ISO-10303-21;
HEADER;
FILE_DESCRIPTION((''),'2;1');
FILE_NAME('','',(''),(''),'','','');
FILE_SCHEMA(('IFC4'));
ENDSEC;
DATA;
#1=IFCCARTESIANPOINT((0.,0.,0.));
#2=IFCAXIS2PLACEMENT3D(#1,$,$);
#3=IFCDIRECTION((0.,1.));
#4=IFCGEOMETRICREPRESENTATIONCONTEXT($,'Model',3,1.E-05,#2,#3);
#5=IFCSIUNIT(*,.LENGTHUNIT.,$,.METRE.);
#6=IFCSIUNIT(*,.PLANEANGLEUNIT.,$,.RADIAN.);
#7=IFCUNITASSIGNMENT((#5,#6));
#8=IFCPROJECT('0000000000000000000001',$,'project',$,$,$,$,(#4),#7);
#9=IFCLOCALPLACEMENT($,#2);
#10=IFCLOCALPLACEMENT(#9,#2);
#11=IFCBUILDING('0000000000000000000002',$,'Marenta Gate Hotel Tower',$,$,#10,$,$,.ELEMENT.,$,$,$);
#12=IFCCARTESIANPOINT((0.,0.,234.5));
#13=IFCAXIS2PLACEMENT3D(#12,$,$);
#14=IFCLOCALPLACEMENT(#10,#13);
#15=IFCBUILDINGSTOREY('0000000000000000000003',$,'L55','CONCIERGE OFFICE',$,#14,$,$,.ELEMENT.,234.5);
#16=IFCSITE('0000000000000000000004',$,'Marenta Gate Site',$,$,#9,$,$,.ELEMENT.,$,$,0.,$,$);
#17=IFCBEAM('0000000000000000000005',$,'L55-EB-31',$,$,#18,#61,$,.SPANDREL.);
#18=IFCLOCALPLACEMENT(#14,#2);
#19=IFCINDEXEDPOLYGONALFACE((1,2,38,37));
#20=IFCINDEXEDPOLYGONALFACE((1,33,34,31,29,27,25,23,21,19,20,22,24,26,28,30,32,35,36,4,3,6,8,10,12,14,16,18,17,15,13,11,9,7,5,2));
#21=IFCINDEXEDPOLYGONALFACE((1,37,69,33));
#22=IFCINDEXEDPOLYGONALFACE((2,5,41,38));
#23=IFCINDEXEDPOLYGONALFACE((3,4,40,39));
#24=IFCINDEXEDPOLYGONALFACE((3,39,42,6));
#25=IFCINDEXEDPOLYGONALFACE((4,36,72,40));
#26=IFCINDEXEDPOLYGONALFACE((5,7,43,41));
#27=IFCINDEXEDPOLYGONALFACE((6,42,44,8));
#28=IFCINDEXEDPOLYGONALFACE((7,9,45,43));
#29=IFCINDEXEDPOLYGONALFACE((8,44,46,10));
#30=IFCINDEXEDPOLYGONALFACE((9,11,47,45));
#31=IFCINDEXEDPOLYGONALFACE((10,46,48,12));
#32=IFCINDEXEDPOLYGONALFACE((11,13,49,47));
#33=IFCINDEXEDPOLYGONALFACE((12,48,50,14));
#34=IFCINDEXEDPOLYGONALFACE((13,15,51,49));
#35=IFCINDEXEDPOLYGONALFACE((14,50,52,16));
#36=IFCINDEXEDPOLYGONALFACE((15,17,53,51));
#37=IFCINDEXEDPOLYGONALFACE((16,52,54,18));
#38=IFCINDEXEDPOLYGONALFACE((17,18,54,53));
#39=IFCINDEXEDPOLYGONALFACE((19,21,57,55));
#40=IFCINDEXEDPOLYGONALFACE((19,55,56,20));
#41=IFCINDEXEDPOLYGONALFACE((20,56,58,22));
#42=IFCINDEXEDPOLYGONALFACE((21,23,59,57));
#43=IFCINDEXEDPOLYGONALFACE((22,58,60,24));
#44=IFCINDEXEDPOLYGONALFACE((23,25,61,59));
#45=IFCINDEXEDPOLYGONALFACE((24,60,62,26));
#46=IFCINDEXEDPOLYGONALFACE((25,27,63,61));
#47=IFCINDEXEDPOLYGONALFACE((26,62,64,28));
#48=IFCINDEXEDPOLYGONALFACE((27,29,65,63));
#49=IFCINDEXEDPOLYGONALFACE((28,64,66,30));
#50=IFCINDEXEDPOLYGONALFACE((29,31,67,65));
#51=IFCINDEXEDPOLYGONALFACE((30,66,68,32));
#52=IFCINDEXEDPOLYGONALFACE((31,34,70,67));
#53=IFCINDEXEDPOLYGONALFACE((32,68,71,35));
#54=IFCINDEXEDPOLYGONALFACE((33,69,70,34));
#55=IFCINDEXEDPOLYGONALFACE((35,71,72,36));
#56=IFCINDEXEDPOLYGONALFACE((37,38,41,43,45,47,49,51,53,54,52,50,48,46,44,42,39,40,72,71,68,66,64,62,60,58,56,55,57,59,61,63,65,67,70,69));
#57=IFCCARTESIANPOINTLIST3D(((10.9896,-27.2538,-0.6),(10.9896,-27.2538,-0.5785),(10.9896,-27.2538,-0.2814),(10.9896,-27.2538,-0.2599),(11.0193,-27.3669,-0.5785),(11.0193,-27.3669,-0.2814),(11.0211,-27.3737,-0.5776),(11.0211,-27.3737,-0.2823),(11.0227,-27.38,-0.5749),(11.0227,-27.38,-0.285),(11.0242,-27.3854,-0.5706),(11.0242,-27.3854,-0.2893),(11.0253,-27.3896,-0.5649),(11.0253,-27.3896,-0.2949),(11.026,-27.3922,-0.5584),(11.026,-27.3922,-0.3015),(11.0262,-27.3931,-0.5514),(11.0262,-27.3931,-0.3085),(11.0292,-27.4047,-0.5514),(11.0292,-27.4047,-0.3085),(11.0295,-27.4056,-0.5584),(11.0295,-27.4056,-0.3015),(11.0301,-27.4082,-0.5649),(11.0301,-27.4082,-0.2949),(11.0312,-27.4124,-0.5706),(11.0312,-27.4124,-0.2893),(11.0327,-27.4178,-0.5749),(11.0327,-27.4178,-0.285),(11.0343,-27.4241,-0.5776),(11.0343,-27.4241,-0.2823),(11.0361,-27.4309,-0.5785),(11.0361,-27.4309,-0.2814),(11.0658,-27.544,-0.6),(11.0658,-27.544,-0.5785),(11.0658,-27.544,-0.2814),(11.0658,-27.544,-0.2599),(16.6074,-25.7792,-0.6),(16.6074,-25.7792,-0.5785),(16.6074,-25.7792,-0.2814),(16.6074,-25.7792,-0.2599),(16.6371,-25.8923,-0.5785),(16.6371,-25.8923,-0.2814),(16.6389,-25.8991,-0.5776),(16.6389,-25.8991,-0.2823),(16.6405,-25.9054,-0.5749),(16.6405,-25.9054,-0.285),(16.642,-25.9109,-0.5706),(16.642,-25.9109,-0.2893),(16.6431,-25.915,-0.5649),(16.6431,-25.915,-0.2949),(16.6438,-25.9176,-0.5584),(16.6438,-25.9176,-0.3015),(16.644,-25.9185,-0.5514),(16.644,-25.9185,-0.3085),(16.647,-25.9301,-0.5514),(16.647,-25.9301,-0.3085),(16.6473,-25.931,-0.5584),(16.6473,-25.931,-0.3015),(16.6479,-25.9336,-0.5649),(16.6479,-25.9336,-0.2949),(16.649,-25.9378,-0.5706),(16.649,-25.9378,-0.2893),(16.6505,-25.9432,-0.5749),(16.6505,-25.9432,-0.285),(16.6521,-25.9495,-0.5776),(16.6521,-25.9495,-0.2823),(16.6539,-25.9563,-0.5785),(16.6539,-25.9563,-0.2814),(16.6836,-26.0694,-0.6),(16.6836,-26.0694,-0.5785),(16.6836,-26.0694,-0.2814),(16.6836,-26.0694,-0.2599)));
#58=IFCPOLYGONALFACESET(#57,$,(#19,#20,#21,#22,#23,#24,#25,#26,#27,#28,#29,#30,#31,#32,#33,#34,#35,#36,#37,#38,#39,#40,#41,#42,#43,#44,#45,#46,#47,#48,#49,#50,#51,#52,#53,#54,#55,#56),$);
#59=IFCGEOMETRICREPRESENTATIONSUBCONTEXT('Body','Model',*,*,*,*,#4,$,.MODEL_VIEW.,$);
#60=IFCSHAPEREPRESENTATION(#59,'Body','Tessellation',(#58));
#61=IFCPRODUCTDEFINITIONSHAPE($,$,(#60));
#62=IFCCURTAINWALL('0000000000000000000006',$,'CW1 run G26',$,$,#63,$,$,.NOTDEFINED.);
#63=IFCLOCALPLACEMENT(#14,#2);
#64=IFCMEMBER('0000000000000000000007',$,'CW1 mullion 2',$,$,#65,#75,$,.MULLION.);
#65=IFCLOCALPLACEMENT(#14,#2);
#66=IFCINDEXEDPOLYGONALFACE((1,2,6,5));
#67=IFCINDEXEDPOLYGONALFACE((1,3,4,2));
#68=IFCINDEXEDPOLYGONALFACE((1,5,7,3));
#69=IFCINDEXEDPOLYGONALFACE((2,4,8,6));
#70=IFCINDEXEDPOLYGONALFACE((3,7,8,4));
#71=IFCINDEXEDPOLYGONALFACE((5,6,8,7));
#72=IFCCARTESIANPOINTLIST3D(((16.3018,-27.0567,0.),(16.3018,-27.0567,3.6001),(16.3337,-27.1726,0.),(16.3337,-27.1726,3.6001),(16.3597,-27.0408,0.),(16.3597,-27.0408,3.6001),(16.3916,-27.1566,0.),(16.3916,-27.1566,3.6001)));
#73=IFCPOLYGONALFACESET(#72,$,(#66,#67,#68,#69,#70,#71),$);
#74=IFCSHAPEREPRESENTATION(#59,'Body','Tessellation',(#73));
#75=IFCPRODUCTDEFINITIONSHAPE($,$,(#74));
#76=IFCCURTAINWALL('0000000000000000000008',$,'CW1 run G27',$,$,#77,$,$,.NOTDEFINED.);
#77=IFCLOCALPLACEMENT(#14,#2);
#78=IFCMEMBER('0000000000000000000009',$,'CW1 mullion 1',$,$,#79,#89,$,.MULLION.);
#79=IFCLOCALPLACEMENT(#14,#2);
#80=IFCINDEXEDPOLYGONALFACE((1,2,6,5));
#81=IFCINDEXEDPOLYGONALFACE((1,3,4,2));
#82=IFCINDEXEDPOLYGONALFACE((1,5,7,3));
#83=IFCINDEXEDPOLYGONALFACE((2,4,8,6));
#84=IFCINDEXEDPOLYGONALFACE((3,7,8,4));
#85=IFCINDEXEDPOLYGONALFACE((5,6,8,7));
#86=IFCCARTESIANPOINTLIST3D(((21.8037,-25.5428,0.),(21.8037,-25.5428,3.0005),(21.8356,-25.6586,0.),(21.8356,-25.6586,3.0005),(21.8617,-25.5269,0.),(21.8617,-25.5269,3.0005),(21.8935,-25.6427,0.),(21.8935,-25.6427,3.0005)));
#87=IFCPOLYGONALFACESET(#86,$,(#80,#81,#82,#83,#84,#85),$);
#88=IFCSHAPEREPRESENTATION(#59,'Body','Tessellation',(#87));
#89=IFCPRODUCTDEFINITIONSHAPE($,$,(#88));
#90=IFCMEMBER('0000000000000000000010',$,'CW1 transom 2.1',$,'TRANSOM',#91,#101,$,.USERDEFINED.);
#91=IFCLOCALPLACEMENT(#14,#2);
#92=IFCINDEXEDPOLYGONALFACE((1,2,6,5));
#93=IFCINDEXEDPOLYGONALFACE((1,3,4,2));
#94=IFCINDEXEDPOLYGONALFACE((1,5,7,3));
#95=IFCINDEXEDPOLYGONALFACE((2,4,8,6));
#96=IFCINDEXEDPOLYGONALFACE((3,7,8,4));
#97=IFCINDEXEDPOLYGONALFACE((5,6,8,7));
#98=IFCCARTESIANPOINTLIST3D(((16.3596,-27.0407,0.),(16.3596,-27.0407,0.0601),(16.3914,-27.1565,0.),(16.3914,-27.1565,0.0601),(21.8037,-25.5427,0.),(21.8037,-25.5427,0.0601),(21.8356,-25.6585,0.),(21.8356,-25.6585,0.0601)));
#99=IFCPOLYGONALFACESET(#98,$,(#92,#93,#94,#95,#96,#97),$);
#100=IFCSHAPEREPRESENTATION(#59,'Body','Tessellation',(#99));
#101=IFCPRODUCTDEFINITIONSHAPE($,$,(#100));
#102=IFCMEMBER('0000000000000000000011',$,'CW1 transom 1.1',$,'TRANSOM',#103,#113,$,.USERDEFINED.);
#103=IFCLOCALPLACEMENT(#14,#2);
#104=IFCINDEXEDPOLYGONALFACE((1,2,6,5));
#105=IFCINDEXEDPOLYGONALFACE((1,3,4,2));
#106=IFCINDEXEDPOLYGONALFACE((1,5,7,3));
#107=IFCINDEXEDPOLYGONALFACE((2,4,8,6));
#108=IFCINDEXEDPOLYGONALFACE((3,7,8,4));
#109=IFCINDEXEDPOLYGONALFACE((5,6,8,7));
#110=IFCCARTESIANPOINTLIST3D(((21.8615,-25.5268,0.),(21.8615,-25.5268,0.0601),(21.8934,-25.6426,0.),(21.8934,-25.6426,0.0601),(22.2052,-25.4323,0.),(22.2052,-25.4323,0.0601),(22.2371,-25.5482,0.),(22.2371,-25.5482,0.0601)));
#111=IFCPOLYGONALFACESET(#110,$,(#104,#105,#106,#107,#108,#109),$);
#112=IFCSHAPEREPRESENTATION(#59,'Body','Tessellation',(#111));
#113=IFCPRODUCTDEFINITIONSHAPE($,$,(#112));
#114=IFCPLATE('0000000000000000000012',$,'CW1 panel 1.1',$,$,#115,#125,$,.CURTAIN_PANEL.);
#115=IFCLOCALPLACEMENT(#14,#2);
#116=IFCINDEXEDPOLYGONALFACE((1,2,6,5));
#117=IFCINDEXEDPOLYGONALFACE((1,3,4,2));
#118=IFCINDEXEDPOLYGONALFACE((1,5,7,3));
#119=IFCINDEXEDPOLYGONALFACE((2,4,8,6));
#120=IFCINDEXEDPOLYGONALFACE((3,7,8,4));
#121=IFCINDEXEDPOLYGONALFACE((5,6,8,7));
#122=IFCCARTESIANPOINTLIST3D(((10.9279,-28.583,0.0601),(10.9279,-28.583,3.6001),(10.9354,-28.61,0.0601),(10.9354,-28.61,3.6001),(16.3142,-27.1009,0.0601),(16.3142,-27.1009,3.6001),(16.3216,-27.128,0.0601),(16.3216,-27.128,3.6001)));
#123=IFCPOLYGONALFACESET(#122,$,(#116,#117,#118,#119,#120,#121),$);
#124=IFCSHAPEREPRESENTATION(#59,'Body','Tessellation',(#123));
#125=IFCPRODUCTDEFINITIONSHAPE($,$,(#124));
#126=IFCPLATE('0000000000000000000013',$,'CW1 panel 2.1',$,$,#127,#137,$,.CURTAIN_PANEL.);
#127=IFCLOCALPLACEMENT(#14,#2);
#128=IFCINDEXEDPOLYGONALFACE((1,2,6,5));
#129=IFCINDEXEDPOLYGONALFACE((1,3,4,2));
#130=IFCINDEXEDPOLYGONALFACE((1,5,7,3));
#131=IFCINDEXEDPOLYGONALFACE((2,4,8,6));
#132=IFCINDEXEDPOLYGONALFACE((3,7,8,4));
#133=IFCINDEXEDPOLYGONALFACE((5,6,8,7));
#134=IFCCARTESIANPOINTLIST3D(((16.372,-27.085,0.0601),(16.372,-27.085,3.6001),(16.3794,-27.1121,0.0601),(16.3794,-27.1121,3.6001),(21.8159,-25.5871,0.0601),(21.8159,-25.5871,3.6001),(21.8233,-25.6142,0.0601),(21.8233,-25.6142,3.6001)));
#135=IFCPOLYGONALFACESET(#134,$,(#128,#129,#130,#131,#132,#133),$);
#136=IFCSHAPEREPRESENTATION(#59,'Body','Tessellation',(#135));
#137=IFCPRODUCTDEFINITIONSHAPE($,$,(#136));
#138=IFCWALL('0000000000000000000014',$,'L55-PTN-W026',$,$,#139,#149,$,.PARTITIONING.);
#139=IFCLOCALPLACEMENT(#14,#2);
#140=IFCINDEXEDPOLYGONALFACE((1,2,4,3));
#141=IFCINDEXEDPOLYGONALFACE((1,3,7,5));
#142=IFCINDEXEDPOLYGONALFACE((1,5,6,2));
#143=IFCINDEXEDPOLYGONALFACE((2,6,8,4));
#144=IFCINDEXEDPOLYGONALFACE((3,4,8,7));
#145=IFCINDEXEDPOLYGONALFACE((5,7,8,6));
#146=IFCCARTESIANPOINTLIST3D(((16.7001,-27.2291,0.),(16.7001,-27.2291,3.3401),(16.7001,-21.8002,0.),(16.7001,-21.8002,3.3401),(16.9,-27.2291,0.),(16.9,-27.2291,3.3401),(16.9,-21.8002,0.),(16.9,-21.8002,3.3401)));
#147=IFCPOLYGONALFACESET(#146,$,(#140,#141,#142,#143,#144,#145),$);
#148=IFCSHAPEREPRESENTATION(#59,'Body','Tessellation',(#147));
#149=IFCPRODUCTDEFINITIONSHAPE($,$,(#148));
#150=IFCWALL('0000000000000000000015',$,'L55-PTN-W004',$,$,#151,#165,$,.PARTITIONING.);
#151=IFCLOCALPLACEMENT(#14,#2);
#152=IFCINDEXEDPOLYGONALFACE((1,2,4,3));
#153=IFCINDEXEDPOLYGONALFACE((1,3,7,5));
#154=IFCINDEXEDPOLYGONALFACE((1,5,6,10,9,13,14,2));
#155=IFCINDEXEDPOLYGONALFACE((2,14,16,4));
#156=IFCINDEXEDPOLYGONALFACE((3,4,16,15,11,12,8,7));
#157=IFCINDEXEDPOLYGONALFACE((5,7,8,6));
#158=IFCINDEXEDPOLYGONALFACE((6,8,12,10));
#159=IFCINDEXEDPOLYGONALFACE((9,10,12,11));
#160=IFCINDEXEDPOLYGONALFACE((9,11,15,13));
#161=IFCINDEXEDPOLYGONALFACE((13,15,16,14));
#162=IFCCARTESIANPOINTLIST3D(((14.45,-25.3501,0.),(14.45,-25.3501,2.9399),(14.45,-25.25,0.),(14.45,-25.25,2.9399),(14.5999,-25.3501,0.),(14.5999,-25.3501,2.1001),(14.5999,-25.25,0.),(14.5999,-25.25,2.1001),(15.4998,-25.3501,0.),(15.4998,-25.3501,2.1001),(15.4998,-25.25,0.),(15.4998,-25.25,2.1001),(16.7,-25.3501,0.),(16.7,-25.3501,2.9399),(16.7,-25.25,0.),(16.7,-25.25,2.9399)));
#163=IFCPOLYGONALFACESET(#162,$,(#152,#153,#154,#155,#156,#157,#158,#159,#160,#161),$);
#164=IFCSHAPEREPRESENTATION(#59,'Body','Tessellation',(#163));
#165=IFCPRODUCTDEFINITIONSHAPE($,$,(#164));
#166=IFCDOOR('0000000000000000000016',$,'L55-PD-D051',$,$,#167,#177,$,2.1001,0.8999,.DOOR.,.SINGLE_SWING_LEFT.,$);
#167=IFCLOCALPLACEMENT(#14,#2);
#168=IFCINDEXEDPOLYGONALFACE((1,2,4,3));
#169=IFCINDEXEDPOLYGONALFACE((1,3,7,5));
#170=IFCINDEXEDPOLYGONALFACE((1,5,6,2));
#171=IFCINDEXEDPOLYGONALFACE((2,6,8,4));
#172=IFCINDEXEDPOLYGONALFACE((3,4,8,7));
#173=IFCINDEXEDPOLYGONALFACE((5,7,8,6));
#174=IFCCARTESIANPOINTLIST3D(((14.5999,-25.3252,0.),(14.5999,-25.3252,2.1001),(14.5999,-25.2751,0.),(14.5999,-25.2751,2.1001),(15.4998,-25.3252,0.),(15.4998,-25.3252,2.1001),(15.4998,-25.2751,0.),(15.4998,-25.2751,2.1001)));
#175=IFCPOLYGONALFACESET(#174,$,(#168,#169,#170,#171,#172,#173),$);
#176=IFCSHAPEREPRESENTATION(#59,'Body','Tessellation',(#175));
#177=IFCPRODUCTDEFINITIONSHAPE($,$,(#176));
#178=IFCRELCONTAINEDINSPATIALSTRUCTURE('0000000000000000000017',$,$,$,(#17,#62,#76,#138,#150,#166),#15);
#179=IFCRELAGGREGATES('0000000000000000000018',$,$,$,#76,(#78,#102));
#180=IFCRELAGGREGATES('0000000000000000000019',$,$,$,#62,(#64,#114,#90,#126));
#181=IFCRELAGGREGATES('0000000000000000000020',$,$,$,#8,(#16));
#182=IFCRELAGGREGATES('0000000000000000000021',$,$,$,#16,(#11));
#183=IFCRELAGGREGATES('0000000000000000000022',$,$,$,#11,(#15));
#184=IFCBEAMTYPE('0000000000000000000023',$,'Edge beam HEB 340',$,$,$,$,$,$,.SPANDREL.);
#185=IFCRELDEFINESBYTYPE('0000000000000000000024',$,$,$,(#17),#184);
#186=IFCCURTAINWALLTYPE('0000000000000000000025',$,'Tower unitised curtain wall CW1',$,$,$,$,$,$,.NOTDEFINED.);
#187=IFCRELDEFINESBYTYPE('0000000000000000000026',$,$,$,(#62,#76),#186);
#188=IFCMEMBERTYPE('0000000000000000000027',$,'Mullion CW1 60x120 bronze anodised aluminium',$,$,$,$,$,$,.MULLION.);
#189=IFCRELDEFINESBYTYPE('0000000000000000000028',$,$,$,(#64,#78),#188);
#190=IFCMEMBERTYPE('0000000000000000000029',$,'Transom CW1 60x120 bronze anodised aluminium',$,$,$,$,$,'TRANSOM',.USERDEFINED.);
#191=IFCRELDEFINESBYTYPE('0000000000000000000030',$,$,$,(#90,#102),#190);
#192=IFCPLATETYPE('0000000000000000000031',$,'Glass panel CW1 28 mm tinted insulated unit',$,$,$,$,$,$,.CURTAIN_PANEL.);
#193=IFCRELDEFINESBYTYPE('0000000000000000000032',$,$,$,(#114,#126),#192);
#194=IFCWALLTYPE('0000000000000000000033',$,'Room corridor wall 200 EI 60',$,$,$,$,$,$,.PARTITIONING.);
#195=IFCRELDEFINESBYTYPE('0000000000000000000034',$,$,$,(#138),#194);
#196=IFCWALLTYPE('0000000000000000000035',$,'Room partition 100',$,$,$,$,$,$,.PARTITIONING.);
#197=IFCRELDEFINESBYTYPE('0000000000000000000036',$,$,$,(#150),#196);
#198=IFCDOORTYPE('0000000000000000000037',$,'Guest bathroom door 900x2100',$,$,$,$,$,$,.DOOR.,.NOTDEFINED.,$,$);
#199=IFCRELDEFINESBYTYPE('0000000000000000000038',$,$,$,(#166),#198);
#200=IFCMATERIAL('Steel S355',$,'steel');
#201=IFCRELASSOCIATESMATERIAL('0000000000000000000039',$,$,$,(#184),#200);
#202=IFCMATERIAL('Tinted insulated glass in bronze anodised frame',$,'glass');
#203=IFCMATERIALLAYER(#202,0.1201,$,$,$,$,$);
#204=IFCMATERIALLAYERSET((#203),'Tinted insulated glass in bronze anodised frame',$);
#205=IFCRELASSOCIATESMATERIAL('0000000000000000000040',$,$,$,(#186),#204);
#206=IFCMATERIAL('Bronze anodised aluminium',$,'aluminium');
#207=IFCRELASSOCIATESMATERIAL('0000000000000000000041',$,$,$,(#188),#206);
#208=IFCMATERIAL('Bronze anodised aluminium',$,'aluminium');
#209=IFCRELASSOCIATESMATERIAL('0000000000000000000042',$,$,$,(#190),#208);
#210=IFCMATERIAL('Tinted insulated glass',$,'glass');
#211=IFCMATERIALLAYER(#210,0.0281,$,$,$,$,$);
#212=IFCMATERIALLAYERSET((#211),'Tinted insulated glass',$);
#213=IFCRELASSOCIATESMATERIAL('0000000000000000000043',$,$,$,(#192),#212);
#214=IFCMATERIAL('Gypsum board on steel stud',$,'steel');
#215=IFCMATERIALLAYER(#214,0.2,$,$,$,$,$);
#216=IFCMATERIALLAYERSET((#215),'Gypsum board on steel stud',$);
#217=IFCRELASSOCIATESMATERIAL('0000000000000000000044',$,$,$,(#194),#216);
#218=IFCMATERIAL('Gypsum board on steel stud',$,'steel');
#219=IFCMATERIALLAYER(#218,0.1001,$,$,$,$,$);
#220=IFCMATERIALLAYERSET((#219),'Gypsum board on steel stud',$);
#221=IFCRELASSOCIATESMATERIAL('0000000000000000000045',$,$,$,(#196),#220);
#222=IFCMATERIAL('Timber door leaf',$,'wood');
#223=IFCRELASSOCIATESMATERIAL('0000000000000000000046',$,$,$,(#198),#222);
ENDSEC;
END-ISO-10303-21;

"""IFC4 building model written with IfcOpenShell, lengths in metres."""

from ifc_helpers import new_model, si_unit, direction, frame, frame_2d, origin, origin_2d, place, context, subcontext, project, spatial, rectangle, i_section, extrude, material, layer, layer_set, material_profile, profile_set, type_object, element, fill, aggregate, save


model = new_model("IFC4")

# Units and contexts
model_context = context("Model", 3, precision=1e-05, world=origin(), true_north=direction((0.0, 1.0)))
body_context = subcontext(model_context, "Body", "Model", "MODEL_VIEW")
ifc_project = project(units=[si_unit("LENGTHUNIT", "METRE"), si_unit("PLANEANGLEUNIT", "RADIAN")], contexts=[model_context])

# Site, building, storey
site_placement = place(None, origin())
site = spatial("IfcSite", under=ifc_project, at=site_placement, Name="Marenta Gate Site", CompositionType="ELEMENT", RefElevation=0.0)
building_placement = place(site_placement, origin())
building = spatial("IfcBuilding", under=site, at=building_placement, Name="Marenta Gate Hotel Tower", CompositionType="ELEMENT")
storey_placement = place(building_placement, frame((0.0, 0.0, 234.5)))
storey = spatial("IfcBuildingStorey", under=building, at=storey_placement, Name="L55", Description="CONCIERGE OFFICE", CompositionType="ELEMENT", Elevation=234.5)

# Beam
ifc_material_1 = material(Name="Steel S355", Category="steel")
ifc_material_profile_1 = material_profile(ifc_material_1, i_section(OverallWidth=0.3, OverallDepth=0.3401, WebThickness=0.012, FlangeThickness=0.0215, FilletRadius=0.0271, at=origin_2d()), Name="HEB 340")
ifc_profile_set_1 = profile_set([ifc_material_profile_1], Name="Steel S355")
beam_type = type_object("IfcBeamType", Name="Edge beam HEB 340", PredefinedType="SPANDREL", material=ifc_profile_set_1)
beam_1_placement = place(storey_placement, frame((16.6455, -25.9243, -0.4299), z_axis=(-0.967235, -0.253883, 0.0), x_axis=(0.253883, -0.967235, 0.0)))
element("IfcBeam", 1, at=beam_1_placement, inside=storey, type_object=beam_type, Name="L55-EB-31", PredefinedType="SPANDREL", context=body_context, shape_type="SweptSolid", body=[
    extrude(i_section(OverallWidth=0.3, OverallDepth=0.3401, WebThickness=0.012, FlangeThickness=0.0215, FilletRadius=0.0271, at=origin_2d()), origin(), (0.0, 0.0, 1.0), 5.8081),
])

# Curtain walls, members
ifc_material_2 = material(Name="Tinted insulated glass in bronze anodised frame", Category="glass")
ifc_layer_1 = layer(ifc_material_2, 0.1201)
ifc_layer_set_1 = layer_set([ifc_layer_1], Name="Tinted insulated glass in bronze anodised frame")
curtain_wall_type = type_object("IfcCurtainWallType", Name="Tower unitised curtain wall CW1", PredefinedType="NOTDEFINED", material=ifc_layer_set_1)
curtain_wall_1_placement = place(storey_placement, origin())
curtain_wall_1 = element("IfcCurtainWall", 2, at=curtain_wall_1_placement, inside=storey, type_object=curtain_wall_type, Name="CW1 run G26", PredefinedType="NOTDEFINED")
ifc_material_3 = material(Name="Bronze anodised aluminium", Category="aluminium")
ifc_material_profile_2 = material_profile(ifc_material_3, rectangle(XDim=0.1201, YDim=0.0601, at=origin_2d()), Name="Mullion CW1 60x120 bronze anodised aluminium")
ifc_profile_set_2 = profile_set([ifc_material_profile_2], Name="Bronze anodised aluminium")
member_type_1 = type_object("IfcMemberType", Name="Mullion CW1 60x120 bronze anodised aluminium", PredefinedType="MULLION", material=ifc_profile_set_2)
member_1_placement = place(storey_placement, frame((16.3467, -27.1067, 0.0), z_axis=(0.0, 0.0, 1.0), x_axis=(-0.265294, 0.964168, 0.0)))
member_1 = element("IfcMember", 3, at=member_1_placement, type_object=member_type_1, Name="CW1 mullion 2", PredefinedType="MULLION", context=body_context, shape_type="SweptSolid", body=[
    extrude(rectangle(XDim=0.1201, YDim=0.0601, at=origin_2d()), origin(), (0.0, 0.0, 1.0), 3.6001),
])
curtain_wall_2_placement = place(storey_placement, origin())
curtain_wall_2 = element("IfcCurtainWall", 4, at=curtain_wall_2_placement, inside=storey, type_object=curtain_wall_type, Name="CW1 run G27", PredefinedType="NOTDEFINED")
member_2_placement = place(storey_placement, frame((21.8486, -25.5928, 0.0), z_axis=(0.0, 0.0, 1.0), x_axis=(-0.265283, 0.964171, 0.0)))
member_2 = element("IfcMember", 5, at=member_2_placement, type_object=member_type_1, Name="CW1 mullion 1", PredefinedType="MULLION", context=body_context, shape_type="SweptSolid", body=[
    extrude(rectangle(XDim=0.1201, YDim=0.0601, at=origin_2d()), origin(), (0.0, 0.0, 1.0), 3.0005),
])

# Members
ifc_material_4 = material(Name="Bronze anodised aluminium", Category="aluminium")
ifc_material_profile_3 = material_profile(ifc_material_4, rectangle(XDim=0.1201, YDim=0.0601, at=origin_2d()), Name="Transom CW1 60x120 bronze anodised aluminium")
ifc_profile_set_3 = profile_set([ifc_material_profile_3], Name="Bronze anodised aluminium")
member_type_2 = type_object("IfcMemberType", Name="Transom CW1 60x120 bronze anodised aluminium", ElementType="TRANSOM", PredefinedType="USERDEFINED", material=ifc_profile_set_3)
member_3_placement = place(storey_placement, frame((16.3755, -27.0986, 0.03), z_axis=(0.964164, 0.265308, 0.0), x_axis=(-0.265308, 0.964164, 0.0)))
member_3 = element("IfcMember", 6, at=member_3_placement, type_object=member_type_2, Name="CW1 transom 2.1", ObjectType="TRANSOM", PredefinedType="USERDEFINED", context=body_context, shape_type="SweptSolid", body=[
    extrude(rectangle(XDim=0.1201, YDim=0.0601, at=origin_2d()), origin(), (0.0, 0.0, 1.0), 5.6465),
])
member_4_placement = place(storey_placement, frame((21.8774, -25.5847, 0.03), z_axis=(0.96424, 0.265029, 0.0), x_axis=(-0.265029, 0.96424, 0.0)))
member_4 = element("IfcMember", 7, at=member_4_placement, type_object=member_type_2, Name="CW1 transom 1.1", ObjectType="TRANSOM", PredefinedType="USERDEFINED", context=body_context, shape_type="SweptSolid", body=[
    extrude(rectangle(XDim=0.1201, YDim=0.0601, at=origin_2d()), origin(), (0.0, 0.0, 1.0), 0.3564),
])
aggregate(curtain_wall_2, [member_2, member_4])

# Plates
ifc_material_5 = material(Name="Tinted insulated glass", Category="glass")
ifc_layer_2 = layer(ifc_material_5, 0.0281)
ifc_layer_set_2 = layer_set([ifc_layer_2], Name="Tinted insulated glass")
plate_type = type_object("IfcPlateType", Name="Glass panel CW1 28 mm tinted insulated unit", PredefinedType="CURTAIN_PANEL", material=ifc_layer_set_2)
plate_1_placement = place(storey_placement, frame((13.6248, -27.8555, 0.0601), z_axis=(0.0, 0.0, 1.0), x_axis=(0.964168, 0.265294, 0.0)))
plate_1 = element("IfcPlate", 8, at=plate_1_placement, type_object=plate_type, Name="CW1 panel 1.1", PredefinedType="CURTAIN_PANEL", context=body_context, shape_type="SweptSolid", body=[
    extrude(rectangle(XDim=5.5864, YDim=0.0281, at=origin_2d()), origin(), (0.0, 0.0, 1.0), 3.54),
])
plate_2_placement = place(storey_placement, frame((19.0977, -26.3496, 0.0601), z_axis=(0.0, 0.0, 1.0), x_axis=(0.964168, 0.265294, 0.0)))
plate_2 = element("IfcPlate", 9, at=plate_2_placement, type_object=plate_type, Name="CW1 panel 2.1", PredefinedType="CURTAIN_PANEL", context=body_context, shape_type="SweptSolid", body=[
    extrude(rectangle(XDim=5.6462, YDim=0.0281, at=origin_2d()), origin(), (0.0, 0.0, 1.0), 3.54),
])
aggregate(curtain_wall_1, [member_1, plate_1, member_3, plate_2])

# Shared definitions
ifc_material_6 = material(Name="Gypsum board on steel stud", Category="steel")
ifc_layer_3 = layer(ifc_material_6, 0.2)
ifc_layer_set_3 = layer_set([ifc_layer_3], Name="Gypsum board on steel stud")
wall_type_1 = type_object("IfcWallType", Name="Room corridor wall 200 EI 60", PredefinedType="PARTITIONING", material=ifc_layer_set_3)

# Wall
wall_1_placement = place(storey_placement, frame((16.8, -27.229, 0.0), z_axis=(0.0, 0.0, 1.0), x_axis=(0.0, 1.0, 0.0)))
element("IfcWall", 10, at=wall_1_placement, inside=storey, type_object=wall_type_1, Name="L55-PTN-W026", PredefinedType="PARTITIONING", context=body_context, shape_type="SweptSolid", body=[
    extrude(rectangle(XDim=5.429, YDim=0.2, at=frame_2d((2.7144, 0.0))), origin(), (0.0, 0.0, 1.0), 3.3401),
])

# Wall, opening, door
ifc_material_7 = material(Name="Gypsum board on steel stud", Category="steel")
ifc_layer_4 = layer(ifc_material_7, 0.1001)
ifc_layer_set_4 = layer_set([ifc_layer_4], Name="Gypsum board on steel stud")
wall_type_2 = type_object("IfcWallType", Name="Room partition 100", PredefinedType="PARTITIONING", material=ifc_layer_set_4)
wall_2_placement = place(storey_placement, frame((14.45, -25.3, 0.0), z_axis=(0.0, 0.0, 1.0), x_axis=(1.0, 0.0, 0.0)))
wall_2 = element("IfcWall", 11, at=wall_2_placement, inside=storey, type_object=wall_type_2, Name="L55-PTN-W004", PredefinedType="PARTITIONING", context=body_context, shape_type="SweptSolid", body=[
    extrude(rectangle(XDim=2.25, YDim=0.1001, at=frame_2d((1.125, 0.0))), origin(), (0.0, 0.0, 1.0), 2.9399),
])
opening_1_placement = place(wall_2_placement, frame((0.1499, 0.0, 0.0)))
opening_1 = element("IfcOpeningElement", 12, at=opening_1_placement, cuts=wall_2, PredefinedType="OPENING", context=body_context, shape_type="SweptSolid", body=[
    extrude(rectangle(XDim=0.8999, YDim=2.1001, at=frame_2d((0.45, 1.05))), frame((0.0, 0.05, 0.0), z_axis=(0.0, -1.0, 0.0), x_axis=(1.0, 0.0, 0.0)), (0.0, 0.0, 1.0), 0.1001),
])
ifc_material_8 = material(Name="Timber door leaf", Category="wood")
door_type_1 = type_object("IfcDoorType", Name="Guest bathroom door 900x2100", OperationType="NOTDEFINED", PredefinedType="DOOR", material=ifc_material_8)
door_1_placement = place(opening_1_placement, origin())
door_1 = element("IfcDoor", 13, at=door_1_placement, inside=storey, type_object=door_type_1, Name="L55-PD-D051", OperationType="SINGLE_SWING_LEFT", OverallHeight=2.1001, OverallWidth=0.8999, PredefinedType="DOOR", context=body_context, shape_type="SweptSolid", body=[
    extrude(rectangle(XDim=0.8999, YDim=2.1001, at=frame_2d((0.45, 1.05))), frame((0.0, 0.0249, 0.0), z_axis=(0.0, -1.0, 0.0), x_axis=(1.0, 0.0, 0.0)), (0.0, 0.0, 1.0), 0.05),
])
fill(opening_1, door_1)

save(model, "model.ifc")
